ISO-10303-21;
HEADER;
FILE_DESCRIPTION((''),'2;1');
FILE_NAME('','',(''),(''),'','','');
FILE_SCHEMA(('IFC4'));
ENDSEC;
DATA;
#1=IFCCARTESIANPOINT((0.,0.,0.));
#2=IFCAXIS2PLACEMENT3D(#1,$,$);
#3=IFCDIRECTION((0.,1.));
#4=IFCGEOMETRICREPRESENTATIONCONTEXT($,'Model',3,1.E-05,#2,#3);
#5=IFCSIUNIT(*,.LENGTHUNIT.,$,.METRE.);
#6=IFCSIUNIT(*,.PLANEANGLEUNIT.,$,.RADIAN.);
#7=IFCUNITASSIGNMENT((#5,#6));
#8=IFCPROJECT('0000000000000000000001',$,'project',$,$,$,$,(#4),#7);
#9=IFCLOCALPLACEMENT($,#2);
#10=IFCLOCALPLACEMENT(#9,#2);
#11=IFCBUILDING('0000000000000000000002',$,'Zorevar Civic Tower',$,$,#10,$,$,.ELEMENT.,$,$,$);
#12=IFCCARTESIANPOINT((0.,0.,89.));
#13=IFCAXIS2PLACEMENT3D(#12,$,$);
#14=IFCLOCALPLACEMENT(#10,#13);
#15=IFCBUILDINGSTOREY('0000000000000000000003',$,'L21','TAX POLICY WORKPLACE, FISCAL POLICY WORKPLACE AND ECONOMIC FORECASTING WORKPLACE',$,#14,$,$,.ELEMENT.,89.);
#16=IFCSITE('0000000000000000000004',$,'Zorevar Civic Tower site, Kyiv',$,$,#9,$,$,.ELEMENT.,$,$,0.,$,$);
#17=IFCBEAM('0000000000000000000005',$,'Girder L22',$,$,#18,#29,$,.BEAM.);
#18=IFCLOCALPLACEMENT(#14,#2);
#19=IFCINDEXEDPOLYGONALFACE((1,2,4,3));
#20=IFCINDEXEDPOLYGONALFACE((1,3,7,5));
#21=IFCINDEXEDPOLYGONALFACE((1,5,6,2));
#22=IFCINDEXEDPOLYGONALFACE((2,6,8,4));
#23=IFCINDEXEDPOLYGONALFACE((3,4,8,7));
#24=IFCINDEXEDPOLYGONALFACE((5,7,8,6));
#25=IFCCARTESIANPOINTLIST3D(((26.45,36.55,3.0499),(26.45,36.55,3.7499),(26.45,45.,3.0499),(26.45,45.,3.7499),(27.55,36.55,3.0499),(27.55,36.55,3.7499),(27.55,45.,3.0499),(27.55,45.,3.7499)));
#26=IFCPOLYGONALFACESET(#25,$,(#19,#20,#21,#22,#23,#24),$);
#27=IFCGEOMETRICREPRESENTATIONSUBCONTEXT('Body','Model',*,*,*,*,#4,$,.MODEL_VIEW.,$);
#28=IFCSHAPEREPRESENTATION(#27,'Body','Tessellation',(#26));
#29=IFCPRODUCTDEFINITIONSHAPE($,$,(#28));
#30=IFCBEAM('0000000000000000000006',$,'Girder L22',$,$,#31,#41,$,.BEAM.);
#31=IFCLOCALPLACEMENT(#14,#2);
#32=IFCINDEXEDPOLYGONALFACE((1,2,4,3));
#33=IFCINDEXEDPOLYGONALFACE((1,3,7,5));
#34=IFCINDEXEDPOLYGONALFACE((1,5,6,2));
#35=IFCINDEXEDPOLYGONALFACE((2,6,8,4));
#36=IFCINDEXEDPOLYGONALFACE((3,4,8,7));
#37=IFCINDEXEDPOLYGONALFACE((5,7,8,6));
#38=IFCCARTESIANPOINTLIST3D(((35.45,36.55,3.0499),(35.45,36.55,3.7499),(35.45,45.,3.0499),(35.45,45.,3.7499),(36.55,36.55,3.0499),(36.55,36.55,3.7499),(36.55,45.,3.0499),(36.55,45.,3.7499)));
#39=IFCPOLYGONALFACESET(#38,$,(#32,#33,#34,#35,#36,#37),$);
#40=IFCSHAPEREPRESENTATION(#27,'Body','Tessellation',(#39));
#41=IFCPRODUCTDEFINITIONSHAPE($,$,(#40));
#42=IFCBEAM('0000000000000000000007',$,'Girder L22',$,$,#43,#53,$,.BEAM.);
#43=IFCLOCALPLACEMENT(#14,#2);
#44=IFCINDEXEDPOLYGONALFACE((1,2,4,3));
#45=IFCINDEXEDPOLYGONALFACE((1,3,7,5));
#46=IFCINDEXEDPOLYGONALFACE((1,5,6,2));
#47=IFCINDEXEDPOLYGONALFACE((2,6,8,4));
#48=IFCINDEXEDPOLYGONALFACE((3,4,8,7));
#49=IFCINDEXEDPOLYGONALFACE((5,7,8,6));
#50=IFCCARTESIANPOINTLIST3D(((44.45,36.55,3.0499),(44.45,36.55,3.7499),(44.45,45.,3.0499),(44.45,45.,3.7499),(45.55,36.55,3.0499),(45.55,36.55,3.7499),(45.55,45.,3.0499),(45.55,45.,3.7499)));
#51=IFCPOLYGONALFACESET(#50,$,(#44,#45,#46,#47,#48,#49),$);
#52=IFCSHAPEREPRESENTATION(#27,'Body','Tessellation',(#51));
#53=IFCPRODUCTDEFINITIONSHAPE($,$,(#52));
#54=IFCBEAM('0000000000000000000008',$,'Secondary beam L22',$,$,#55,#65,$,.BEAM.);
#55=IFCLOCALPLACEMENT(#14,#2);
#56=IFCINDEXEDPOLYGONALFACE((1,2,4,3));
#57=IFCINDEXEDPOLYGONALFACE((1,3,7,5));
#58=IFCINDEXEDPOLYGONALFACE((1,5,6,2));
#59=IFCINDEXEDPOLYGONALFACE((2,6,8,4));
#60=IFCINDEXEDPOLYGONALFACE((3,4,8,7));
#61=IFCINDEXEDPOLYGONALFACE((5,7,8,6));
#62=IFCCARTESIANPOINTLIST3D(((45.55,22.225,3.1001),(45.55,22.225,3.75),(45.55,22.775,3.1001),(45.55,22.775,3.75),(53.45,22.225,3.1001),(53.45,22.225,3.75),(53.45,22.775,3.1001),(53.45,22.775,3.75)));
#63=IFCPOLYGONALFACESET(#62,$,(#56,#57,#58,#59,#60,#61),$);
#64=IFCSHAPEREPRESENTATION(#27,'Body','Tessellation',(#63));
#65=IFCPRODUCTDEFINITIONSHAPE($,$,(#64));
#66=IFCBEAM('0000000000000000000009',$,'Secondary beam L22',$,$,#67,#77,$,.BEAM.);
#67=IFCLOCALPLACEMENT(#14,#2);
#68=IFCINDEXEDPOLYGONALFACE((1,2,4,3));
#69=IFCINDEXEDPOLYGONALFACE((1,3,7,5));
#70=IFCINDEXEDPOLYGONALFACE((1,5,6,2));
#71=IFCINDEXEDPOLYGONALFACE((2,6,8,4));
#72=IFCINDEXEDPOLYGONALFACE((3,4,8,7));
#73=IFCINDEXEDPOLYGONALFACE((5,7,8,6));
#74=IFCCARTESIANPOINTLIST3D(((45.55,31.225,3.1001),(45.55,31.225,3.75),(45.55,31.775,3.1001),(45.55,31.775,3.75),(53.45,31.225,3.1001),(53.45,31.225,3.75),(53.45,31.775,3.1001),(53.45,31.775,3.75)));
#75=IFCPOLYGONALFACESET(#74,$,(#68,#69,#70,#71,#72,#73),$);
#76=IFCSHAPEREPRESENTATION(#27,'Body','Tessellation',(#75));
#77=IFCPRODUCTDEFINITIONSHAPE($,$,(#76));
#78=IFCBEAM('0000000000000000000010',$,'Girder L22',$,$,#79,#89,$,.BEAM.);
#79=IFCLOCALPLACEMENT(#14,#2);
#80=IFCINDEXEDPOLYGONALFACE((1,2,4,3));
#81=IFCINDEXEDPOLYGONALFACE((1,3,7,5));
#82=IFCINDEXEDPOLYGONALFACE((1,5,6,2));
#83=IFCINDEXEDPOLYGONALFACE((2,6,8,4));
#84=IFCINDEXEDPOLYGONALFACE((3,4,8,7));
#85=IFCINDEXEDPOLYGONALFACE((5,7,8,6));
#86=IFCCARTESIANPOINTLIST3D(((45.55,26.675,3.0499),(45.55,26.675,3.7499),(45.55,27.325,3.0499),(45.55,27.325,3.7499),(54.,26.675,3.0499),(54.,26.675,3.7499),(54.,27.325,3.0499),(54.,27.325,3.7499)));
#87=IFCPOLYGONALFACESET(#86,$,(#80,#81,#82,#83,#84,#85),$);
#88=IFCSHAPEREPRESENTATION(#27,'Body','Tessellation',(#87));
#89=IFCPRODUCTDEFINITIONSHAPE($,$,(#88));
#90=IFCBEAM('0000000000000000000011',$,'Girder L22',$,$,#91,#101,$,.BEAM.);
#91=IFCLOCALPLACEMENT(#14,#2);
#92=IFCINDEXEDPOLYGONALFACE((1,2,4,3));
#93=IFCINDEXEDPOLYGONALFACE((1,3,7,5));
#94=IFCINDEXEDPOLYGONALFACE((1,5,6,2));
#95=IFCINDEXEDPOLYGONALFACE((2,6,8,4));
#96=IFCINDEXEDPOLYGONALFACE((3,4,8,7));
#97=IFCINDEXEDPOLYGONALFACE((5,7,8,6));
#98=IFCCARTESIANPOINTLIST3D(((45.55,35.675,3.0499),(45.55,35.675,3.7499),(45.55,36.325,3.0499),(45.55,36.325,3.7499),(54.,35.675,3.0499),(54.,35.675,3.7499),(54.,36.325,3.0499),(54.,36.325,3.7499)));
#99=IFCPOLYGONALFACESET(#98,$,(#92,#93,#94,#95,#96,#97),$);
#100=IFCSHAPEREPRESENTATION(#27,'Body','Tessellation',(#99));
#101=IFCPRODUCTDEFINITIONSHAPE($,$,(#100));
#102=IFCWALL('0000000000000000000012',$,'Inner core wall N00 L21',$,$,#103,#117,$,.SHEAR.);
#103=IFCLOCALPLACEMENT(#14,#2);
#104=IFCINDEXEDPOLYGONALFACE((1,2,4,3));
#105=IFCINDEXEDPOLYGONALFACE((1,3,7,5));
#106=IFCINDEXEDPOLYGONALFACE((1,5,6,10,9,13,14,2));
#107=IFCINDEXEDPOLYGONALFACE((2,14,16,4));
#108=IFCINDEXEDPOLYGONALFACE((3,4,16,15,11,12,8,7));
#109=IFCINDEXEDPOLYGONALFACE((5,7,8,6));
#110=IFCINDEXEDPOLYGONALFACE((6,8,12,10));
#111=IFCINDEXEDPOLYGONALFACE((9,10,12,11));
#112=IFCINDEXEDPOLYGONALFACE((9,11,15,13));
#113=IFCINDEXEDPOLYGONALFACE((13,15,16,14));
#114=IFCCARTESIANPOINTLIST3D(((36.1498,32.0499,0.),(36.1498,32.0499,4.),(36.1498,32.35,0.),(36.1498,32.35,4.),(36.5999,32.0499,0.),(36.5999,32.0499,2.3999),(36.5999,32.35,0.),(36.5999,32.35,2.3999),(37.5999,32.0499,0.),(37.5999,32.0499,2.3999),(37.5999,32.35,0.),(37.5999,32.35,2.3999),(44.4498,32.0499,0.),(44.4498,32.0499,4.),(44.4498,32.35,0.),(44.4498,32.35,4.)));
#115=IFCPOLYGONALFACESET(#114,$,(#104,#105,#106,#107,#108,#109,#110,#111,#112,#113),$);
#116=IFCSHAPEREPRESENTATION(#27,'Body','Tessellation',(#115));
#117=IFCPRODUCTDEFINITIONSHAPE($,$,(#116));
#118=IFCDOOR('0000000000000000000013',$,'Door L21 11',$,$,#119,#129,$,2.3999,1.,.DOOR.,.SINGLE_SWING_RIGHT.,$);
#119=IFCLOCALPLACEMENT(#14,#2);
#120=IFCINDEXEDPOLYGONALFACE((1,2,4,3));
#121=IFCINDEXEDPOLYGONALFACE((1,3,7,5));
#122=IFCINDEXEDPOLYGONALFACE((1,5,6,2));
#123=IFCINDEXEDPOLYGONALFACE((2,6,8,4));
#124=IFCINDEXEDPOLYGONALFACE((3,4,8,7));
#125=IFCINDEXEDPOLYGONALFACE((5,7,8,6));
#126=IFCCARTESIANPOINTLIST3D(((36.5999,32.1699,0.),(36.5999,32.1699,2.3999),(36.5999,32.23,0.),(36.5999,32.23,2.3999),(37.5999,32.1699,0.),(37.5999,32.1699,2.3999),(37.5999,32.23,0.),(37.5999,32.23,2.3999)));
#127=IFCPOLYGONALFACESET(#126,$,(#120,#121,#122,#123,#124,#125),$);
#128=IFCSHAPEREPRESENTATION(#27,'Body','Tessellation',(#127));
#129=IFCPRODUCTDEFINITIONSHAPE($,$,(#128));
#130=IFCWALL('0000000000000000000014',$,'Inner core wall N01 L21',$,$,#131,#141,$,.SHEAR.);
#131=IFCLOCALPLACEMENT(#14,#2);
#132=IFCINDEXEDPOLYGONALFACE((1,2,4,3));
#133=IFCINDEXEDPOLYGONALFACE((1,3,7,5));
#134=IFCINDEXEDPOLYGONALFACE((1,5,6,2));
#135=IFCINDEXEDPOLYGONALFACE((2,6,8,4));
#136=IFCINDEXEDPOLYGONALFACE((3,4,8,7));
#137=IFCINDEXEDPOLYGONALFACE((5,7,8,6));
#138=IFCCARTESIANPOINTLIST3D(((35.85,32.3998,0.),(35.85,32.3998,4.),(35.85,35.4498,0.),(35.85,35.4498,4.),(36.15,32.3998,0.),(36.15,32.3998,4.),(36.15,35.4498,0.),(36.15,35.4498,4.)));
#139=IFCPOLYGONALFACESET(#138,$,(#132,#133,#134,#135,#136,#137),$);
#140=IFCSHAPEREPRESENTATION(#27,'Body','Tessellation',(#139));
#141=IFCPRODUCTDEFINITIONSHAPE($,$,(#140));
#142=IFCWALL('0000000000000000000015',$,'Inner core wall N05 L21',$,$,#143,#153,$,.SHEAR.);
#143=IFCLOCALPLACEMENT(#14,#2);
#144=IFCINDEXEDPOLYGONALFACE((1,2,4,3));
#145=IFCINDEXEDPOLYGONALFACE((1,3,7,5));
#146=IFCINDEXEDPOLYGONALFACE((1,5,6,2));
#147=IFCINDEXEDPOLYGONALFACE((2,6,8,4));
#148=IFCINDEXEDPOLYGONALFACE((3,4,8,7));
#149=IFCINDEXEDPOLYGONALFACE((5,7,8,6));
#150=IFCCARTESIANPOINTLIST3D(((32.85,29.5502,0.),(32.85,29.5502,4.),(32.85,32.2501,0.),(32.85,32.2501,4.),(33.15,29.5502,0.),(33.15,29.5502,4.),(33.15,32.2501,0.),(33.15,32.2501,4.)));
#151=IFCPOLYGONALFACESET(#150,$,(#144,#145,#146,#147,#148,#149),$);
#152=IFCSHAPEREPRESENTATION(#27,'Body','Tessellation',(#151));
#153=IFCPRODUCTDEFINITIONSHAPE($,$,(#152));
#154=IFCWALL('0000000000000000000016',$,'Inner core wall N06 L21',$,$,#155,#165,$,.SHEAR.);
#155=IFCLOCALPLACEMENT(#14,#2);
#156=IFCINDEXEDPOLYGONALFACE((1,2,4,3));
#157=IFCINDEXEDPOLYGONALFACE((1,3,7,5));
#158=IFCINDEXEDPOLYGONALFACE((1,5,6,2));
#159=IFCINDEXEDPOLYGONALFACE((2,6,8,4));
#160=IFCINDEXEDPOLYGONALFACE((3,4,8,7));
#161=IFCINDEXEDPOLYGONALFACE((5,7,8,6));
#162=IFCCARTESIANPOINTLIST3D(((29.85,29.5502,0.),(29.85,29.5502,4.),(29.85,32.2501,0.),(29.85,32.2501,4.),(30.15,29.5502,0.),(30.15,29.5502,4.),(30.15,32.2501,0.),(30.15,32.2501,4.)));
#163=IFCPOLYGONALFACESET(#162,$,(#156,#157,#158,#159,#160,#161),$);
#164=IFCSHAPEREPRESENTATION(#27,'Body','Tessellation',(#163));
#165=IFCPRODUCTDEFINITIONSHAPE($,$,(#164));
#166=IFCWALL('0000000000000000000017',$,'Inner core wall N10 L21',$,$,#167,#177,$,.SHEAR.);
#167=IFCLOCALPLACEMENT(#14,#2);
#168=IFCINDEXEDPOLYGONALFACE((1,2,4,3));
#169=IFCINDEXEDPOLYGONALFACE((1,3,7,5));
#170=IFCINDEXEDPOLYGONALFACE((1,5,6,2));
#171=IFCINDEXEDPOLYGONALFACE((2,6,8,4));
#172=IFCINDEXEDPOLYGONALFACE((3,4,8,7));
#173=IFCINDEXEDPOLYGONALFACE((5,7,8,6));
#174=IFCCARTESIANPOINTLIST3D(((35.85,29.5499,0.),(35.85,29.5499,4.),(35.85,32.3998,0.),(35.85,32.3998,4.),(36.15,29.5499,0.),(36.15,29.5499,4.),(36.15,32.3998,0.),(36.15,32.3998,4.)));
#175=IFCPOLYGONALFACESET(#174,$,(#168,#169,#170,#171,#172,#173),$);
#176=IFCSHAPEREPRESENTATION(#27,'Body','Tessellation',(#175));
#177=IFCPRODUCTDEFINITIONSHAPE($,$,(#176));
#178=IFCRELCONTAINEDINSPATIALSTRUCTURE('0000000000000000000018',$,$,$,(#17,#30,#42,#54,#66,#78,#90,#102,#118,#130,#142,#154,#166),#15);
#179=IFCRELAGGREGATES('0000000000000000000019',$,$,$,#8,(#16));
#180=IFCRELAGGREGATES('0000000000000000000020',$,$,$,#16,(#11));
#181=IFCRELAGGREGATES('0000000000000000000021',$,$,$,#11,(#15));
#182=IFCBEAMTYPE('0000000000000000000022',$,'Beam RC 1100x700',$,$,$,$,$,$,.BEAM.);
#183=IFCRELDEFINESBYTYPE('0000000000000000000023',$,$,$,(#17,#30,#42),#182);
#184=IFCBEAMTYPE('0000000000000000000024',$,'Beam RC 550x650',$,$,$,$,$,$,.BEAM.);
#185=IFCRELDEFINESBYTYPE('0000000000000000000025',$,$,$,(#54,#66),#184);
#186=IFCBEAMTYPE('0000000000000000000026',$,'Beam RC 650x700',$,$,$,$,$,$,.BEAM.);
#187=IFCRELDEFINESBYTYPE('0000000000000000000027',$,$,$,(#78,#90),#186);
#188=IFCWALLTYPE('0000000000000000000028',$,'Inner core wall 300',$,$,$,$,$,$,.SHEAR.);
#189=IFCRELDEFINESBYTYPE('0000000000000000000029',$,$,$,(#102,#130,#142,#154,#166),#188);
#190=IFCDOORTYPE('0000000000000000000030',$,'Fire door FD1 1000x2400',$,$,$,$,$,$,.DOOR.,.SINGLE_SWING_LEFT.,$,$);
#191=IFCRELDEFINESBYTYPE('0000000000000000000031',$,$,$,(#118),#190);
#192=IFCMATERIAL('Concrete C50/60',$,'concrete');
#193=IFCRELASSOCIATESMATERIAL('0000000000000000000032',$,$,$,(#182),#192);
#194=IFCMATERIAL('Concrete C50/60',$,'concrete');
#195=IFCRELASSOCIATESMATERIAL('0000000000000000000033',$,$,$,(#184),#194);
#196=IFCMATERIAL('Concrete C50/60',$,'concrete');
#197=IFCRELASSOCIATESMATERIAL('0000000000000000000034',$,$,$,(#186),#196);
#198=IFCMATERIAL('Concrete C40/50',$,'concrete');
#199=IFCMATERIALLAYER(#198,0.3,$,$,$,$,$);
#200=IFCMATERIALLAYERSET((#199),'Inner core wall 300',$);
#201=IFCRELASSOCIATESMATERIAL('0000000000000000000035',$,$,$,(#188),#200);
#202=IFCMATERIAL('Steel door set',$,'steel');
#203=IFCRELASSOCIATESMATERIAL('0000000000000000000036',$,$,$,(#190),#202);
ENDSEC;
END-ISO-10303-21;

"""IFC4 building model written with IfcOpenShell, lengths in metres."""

from ifc_helpers import new_model, si_unit, direction, frame, frame_2d, origin, origin_2d, place, context, subcontext, project, spatial, rectangle, extrude, material, layer, layer_set, material_profile, profile_set, type_object, element, fill, save


model = new_model("IFC4")

# Units and contexts
model_context = context("Model", 3, precision=1e-05, world=origin(), true_north=direction((0.0, 1.0)))
body_context = subcontext(model_context, "Body", "Model", "MODEL_VIEW")
ifc_project = project(units=[si_unit("LENGTHUNIT", "METRE"), si_unit("PLANEANGLEUNIT", "RADIAN")], contexts=[model_context])

# Site, building, storey
site_placement = place(None, origin())
site = spatial("IfcSite", under=ifc_project, at=site_placement, Name="Zorevar Civic Tower site, Kyiv", CompositionType="ELEMENT", RefElevation=0.0)
building_placement = place(site_placement, origin())
building = spatial("IfcBuilding", under=site, at=building_placement, Name="Zorevar Civic Tower", CompositionType="ELEMENT")
storey_placement = place(building_placement, frame((0.0, 0.0, 89.0)))
storey = spatial("IfcBuildingStorey", under=building, at=storey_placement, Name="L21", Description="TAX POLICY WORKPLACE, FISCAL POLICY WORKPLACE AND ECONOMIC FORECASTING WORKPLACE", CompositionType="ELEMENT", Elevation=89.0)

# Beams
ifc_material_1 = material(Name="Concrete C50/60", Category="concrete")
ifc_material_profile_1 = material_profile(ifc_material_1, rectangle(XDim=1.1001, YDim=0.7, at=origin_2d()), Name="RC 1100x700")
ifc_profile_set_1 = profile_set([ifc_material_profile_1], Name="Concrete C50/60")
beam_type_1 = type_object("IfcBeamType", Name="Beam RC 1100x700", PredefinedType="BEAM", material=ifc_profile_set_1)
for number, where, z_axis, x_axis, name in (
    (1, (27.0, 36.55, 3.3999), (0.0, 1.0, 0.0), (-1.0, 0.0, 0.0), "Girder L22"),
    (2, (36.0, 36.55, 3.3999), (0.0, 1.0, 0.0), (-1.0, 0.0, 0.0), "Girder L22"),
    (3, (45.0, 36.55, 3.3999), (0.0, 1.0, 0.0), (-1.0, 0.0, 0.0), "Girder L22"),
):
    element("IfcBeam", number, at=place(storey_placement, frame(where, z_axis=z_axis, x_axis=x_axis)), inside=storey, type_object=beam_type_1, Name=name, PredefinedType="BEAM", context=body_context, shape_type="SweptSolid", body=[
        extrude(rectangle(XDim=1.1001, YDim=0.7, at=origin_2d()), origin(), (0.0, 0.0, 1.0), 8.45),
    ])
ifc_material_2 = material(Name="Concrete C50/60", Category="concrete")
ifc_material_profile_2 = material_profile(ifc_material_2, rectangle(XDim=0.55, YDim=0.6499, at=origin_2d()), Name="RC 550x650")
ifc_profile_set_2 = profile_set([ifc_material_profile_2], Name="Concrete C50/60")
beam_type_2 = type_object("IfcBeamType", Name="Beam RC 550x650", PredefinedType="BEAM", material=ifc_profile_set_2)
for number, where, z_axis, x_axis, name in (
    (4, (45.55, 22.5, 3.425), (1.0, 0.0, 0.0), (0.0, 1.0, 0.0), "Secondary beam L22"),
    (5, (45.55, 31.5, 3.425), (1.0, 0.0, 0.0), (0.0, 1.0, 0.0), "Secondary beam L22"),
):
    element("IfcBeam", number, at=place(storey_placement, frame(where, z_axis=z_axis, x_axis=x_axis)), inside=storey, type_object=beam_type_2, Name=name, PredefinedType="BEAM", context=body_context, shape_type="SweptSolid", body=[
        extrude(rectangle(XDim=0.55, YDim=0.6499, at=origin_2d()), origin(), (0.0, 0.0, 1.0), 7.8999),
    ])
ifc_material_3 = material(Name="Concrete C50/60", Category="concrete")
ifc_material_profile_3 = material_profile(ifc_material_3, rectangle(XDim=0.6499, YDim=0.7, at=origin_2d()), Name="RC 650x700")
ifc_profile_set_3 = profile_set([ifc_material_profile_3], Name="Concrete C50/60")
beam_type_3 = type_object("IfcBeamType", Name="Beam RC 650x700", PredefinedType="BEAM", material=ifc_profile_set_3)
for number, where, z_axis, x_axis, name in (
    (6, (45.55, 27.0, 3.3999), (1.0, 0.0, 0.0), (0.0, 1.0, 0.0), "Girder L22"),
    (7, (45.55, 36.0, 3.3999), (1.0, 0.0, 0.0), (0.0, 1.0, 0.0), "Girder L22"),
):
    element("IfcBeam", number, at=place(storey_placement, frame(where, z_axis=z_axis, x_axis=x_axis)), inside=storey, type_object=beam_type_3, Name=name, PredefinedType="BEAM", context=body_context, shape_type="SweptSolid", body=[
        extrude(rectangle(XDim=0.6499, YDim=0.7, at=origin_2d()), origin(), (0.0, 0.0, 1.0), 8.45),
    ])

# Wall, opening, door
ifc_material_4 = material(Name="Concrete C40/50", Category="concrete")
ifc_layer_1 = layer(ifc_material_4, 0.3)
ifc_layer_set_1 = layer_set([ifc_layer_1], Name="Inner core wall 300")
wall_type_1 = type_object("IfcWallType", Name="Inner core wall 300", PredefinedType="SHEAR", material=ifc_layer_set_1)
wall_1_placement = place(storey_placement, frame((36.1499, 32.2, 0.0), z_axis=(0.0, 0.0, 1.0), x_axis=(1.0, 0.0, 0.0)))
wall_1 = element("IfcWall", 8, at=wall_1_placement, inside=storey, type_object=wall_type_1, Name="Inner core wall N00 L21", PredefinedType="SHEAR", context=body_context, shape_type="SweptSolid", body=[
    extrude(rectangle(XDim=8.3, YDim=0.3, at=frame_2d((4.1499, 0.0))), origin(), (0.0, 0.0, 1.0), 4.0),
])
opening_1_placement = place(wall_1_placement, frame((0.45, 0.0, 0.0)))
opening_1 = element("IfcOpeningElement", 9, at=opening_1_placement, cuts=wall_1, PredefinedType="OPENING", context=body_context, shape_type="SweptSolid", body=[
    extrude(rectangle(XDim=1.0, YDim=2.3999, at=frame_2d((0.5, 1.2))), frame((0.0, 0.1599, 0.0), z_axis=(0.0, -1.0, 0.0), x_axis=(1.0, 0.0, 0.0)), (0.0, 0.0, 1.0), 0.3201),
])
ifc_material_5 = material(Name="Steel door set", Category="steel")
door_type_1 = type_object("IfcDoorType", Name="Fire door FD1 1000x2400", OperationType="SINGLE_SWING_LEFT", PredefinedType="DOOR", material=ifc_material_5)
door_1_placement = place(opening_1_placement, origin())
door_1 = element("IfcDoor", 10, at=door_1_placement, inside=storey, type_object=door_type_1, Name="Door L21 11", OperationType="SINGLE_SWING_RIGHT", OverallHeight=2.3999, OverallWidth=1.0, PredefinedType="DOOR", context=body_context, shape_type="SweptSolid", body=[
    extrude(rectangle(XDim=1.0, YDim=2.3999, at=frame_2d((0.5, 1.2))), frame((0.0, 0.03, 0.0), z_axis=(0.0, -1.0, 0.0), x_axis=(1.0, 0.0, 0.0)), (0.0, 0.0, 1.0), 0.0601),
])
fill(opening_1, door_1)

# Wall
wall_2_placement = place(storey_placement, frame((36.0, 32.3999, 0.0), z_axis=(0.0, 0.0, 1.0), x_axis=(0.0, 1.0, 0.0)))
element("IfcWall", 11, at=wall_2_placement, inside=storey, type_object=wall_type_1, Name="Inner core wall N01 L21", PredefinedType="SHEAR", context=body_context, shape_type="SweptSolid", body=[
    extrude(rectangle(XDim=3.05, YDim=0.3, at=frame_2d((1.5249, 0.0))), origin(), (0.0, 0.0, 1.0), 4.0),
])

# Walls
for number, where, z_axis, x_axis, name in (
    (12, (33.0, 29.55, 0.0), (0.0, 0.0, 1.0), (0.0, 1.0, 0.0), "Inner core wall N05 L21"),
    (13, (30.0, 29.55, 0.0), (0.0, 0.0, 1.0), (0.0, 1.0, 0.0), "Inner core wall N06 L21"),
):
    element("IfcWall", number, at=place(storey_placement, frame(where, z_axis=z_axis, x_axis=x_axis)), inside=storey, type_object=wall_type_1, Name=name, PredefinedType="SHEAR", context=body_context, shape_type="SweptSolid", body=[
        extrude(rectangle(XDim=2.7, YDim=0.3, at=frame_2d((1.3501, 0.0))), origin(), (0.0, 0.0, 1.0), 4.0),
    ])
wall_3_placement = place(storey_placement, frame((36.0, 29.55, 0.0), z_axis=(0.0, 0.0, 1.0), x_axis=(0.0, 1.0, 0.0)))
element("IfcWall", 14, at=wall_3_placement, inside=storey, type_object=wall_type_1, Name="Inner core wall N10 L21", PredefinedType="SHEAR", context=body_context, shape_type="SweptSolid", body=[
    extrude(rectangle(XDim=2.8499, YDim=0.3, at=frame_2d((1.4248, 0.0))), origin(), (0.0, 0.0, 1.0), 4.0),
])

save(model, "model.ifc")
